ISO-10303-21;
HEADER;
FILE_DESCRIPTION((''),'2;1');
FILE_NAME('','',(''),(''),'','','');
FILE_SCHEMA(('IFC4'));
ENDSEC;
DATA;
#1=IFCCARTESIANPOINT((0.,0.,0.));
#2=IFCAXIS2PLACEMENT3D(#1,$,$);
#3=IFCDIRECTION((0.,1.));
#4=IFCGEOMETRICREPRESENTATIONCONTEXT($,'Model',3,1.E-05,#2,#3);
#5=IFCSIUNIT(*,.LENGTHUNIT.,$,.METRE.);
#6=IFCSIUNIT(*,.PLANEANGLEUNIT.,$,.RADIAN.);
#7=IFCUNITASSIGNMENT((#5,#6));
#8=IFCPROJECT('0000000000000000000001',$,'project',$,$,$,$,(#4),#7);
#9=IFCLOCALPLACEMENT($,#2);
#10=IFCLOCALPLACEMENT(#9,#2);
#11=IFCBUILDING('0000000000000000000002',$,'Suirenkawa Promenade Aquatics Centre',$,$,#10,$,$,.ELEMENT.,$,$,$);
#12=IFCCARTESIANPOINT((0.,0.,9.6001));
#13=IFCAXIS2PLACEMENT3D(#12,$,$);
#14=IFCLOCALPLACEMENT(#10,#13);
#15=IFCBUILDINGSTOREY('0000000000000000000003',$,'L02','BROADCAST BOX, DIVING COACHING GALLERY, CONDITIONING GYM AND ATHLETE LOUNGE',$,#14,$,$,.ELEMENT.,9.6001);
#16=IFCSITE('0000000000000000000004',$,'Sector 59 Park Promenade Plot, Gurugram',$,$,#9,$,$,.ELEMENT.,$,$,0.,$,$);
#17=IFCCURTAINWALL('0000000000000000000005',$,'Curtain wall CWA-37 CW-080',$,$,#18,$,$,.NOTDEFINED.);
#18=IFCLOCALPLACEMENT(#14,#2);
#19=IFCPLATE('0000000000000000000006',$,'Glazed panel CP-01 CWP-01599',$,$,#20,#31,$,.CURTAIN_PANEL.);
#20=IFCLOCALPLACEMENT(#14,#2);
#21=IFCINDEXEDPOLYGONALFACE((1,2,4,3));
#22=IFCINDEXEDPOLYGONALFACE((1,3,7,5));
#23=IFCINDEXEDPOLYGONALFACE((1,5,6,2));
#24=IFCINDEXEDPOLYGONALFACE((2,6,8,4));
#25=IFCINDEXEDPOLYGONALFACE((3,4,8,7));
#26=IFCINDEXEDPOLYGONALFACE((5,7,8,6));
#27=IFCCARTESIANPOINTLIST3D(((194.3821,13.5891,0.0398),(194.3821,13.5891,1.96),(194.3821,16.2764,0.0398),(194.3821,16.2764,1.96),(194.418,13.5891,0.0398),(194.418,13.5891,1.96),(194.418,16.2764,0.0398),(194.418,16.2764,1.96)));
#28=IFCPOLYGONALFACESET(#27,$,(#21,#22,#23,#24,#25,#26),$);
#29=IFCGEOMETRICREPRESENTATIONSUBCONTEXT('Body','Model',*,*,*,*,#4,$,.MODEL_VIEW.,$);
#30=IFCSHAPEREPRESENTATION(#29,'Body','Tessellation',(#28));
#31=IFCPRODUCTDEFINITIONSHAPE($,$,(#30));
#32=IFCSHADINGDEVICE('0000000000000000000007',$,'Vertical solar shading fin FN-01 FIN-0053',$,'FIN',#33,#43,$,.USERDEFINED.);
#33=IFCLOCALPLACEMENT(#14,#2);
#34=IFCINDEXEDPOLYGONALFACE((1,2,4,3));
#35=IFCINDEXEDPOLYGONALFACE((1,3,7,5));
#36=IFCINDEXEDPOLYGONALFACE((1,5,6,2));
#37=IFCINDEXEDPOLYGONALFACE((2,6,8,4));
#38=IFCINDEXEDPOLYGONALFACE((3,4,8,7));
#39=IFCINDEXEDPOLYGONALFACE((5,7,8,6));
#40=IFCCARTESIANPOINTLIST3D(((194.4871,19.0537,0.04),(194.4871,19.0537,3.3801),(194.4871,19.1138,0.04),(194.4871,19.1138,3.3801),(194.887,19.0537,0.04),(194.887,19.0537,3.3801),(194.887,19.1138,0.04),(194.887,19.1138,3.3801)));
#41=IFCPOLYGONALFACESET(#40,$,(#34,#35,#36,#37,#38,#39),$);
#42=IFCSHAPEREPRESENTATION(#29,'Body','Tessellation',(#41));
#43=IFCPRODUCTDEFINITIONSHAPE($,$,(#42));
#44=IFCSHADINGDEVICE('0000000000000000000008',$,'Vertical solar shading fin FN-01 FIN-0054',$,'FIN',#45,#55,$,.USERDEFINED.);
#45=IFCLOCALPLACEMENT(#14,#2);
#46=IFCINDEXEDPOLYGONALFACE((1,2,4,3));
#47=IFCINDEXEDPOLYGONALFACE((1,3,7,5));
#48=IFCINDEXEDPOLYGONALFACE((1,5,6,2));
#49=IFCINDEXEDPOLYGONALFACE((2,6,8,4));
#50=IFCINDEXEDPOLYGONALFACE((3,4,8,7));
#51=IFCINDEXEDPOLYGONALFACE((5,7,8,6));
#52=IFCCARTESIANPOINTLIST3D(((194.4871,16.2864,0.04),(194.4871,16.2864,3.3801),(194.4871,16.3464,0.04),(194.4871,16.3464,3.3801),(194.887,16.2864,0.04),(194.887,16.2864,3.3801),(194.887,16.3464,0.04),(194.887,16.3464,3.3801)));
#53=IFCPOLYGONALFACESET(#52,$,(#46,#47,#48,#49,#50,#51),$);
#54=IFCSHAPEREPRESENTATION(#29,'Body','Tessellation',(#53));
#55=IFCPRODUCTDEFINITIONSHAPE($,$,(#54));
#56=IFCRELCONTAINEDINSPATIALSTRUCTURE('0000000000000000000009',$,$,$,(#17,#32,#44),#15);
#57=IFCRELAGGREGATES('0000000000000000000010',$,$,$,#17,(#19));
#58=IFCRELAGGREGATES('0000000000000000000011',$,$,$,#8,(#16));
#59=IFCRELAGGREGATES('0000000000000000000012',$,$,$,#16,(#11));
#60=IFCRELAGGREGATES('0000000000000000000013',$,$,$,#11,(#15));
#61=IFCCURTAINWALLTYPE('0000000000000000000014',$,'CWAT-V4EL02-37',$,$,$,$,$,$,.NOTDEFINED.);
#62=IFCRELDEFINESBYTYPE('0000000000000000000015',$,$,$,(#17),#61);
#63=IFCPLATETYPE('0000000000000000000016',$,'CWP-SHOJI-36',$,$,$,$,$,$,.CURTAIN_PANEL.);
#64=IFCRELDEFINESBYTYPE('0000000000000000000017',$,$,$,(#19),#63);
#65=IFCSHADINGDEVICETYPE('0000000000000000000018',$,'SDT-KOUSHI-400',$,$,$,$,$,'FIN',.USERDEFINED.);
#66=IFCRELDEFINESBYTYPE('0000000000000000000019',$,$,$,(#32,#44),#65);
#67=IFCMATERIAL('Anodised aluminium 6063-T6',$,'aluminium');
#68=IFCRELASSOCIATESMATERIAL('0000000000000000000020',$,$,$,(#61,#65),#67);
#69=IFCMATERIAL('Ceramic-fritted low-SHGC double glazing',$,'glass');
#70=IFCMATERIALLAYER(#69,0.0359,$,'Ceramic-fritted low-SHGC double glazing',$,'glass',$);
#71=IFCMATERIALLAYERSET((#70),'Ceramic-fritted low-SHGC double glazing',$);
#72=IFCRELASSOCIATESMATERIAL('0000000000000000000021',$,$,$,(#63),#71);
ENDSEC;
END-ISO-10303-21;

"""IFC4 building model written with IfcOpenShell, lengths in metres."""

from ifc_helpers import new_model, si_unit, direction, frame, origin, origin_2d, place, context, subcontext, project, spatial, polyline, rectangle, outline, extrude, material, layer, layer_set, type_object, element, aggregate, save


model = new_model("IFC4")

# Units and contexts
model_context = context("Model", 3, precision=1e-05, world=origin(), true_north=direction((0.0, 1.0)))
body_context = subcontext(model_context, "Body", "Model", "MODEL_VIEW")
ifc_project = project(units=[si_unit("LENGTHUNIT", "METRE"), si_unit("PLANEANGLEUNIT", "RADIAN")], contexts=[model_context])

# Site, building, storey
site_placement = place(None, origin())
site = spatial("IfcSite", under=ifc_project, at=site_placement, Name="Sector 59 Park Promenade Plot, Gurugram", CompositionType="ELEMENT", RefElevation=0.0)
building_placement = place(site_placement, origin())
building = spatial("IfcBuilding", under=site, at=building_placement, Name="Suirenkawa Promenade Aquatics Centre", CompositionType="ELEMENT")
storey_placement = place(building_placement, frame((0.0, 0.0, 9.6001)))
storey = spatial("IfcBuildingStorey", under=building, at=storey_placement, Name="L02", Description="BROADCAST BOX, DIVING COACHING GALLERY, CONDITIONING GYM AND ATHLETE LOUNGE", CompositionType="ELEMENT", Elevation=9.6001)

# Curtain wall, plate
ifc_material_1 = material(Name="Anodised aluminium 6063-T6", Category="aluminium")
curtain_wall_type = type_object("IfcCurtainWallType", Name="CWAT-V4EL02-37", PredefinedType="NOTDEFINED", material=ifc_material_1)
curtain_wall_placement = place(storey_placement, origin())
curtain_wall = element("IfcCurtainWall", 1, at=curtain_wall_placement, inside=storey, type_object=curtain_wall_type, Name="Curtain wall CWA-37 CW-080", PredefinedType="NOTDEFINED")
ifc_material_2 = material(Name="Ceramic-fritted low-SHGC double glazing", Category="glass")
ifc_layer = layer(ifc_material_2, 0.0359, Name="Ceramic-fritted low-SHGC double glazing", Category="glass")
ifc_layer_set = layer_set([ifc_layer], Name="Ceramic-fritted low-SHGC double glazing")
plate_type = type_object("IfcPlateType", Name="CWP-SHOJI-36", PredefinedType="CURTAIN_PANEL", material=ifc_layer_set)
plate_1_placement = place(storey_placement, frame((194.3999, 16.3164, 0.0398), z_axis=(0.0, 0.0, 1.0), x_axis=(0.0, -1.0, 0.0)))
plate_1 = element("IfcPlate", 2, at=plate_1_placement, type_object=plate_type, Name="Glazed panel CP-01 CWP-01599", PredefinedType="CURTAIN_PANEL", context=body_context, shape_type="SweptSolid", body=[
    extrude(outline(polyline([(0.04, 0.0), (2.7273, 0.0), (2.7273, 1.9202), (0.04, 1.9202), (0.04, 0.0)])), frame((0.0, 0.0181, 0.0), z_axis=(0.0, -1.0, 0.0), x_axis=(1.0, 0.0, 0.0)), (0.0, 0.0, 1.0), 0.0359),
])
aggregate(curtain_wall, [plate_1])

# Shading devices
shading_device_type = type_object("IfcShadingDeviceType", Name="SDT-KOUSHI-400", ElementType="FIN", PredefinedType="USERDEFINED", material=ifc_material_1)
for number, where, z_axis, x_axis, name in (
    (3, (194.687, 19.0837, 0.04), (0.0, 0.0, 1.0), (1.0, 0.0, 0.0), "Vertical solar shading fin FN-01 FIN-0053"),
    (4, (194.687, 16.3164, 0.04), (0.0, 0.0, 1.0), (1.0, 0.0, 0.0), "Vertical solar shading fin FN-01 FIN-0054"),
):
    element("IfcShadingDevice", number, at=place(storey_placement, frame(where, z_axis=z_axis, x_axis=x_axis)), inside=storey, type_object=shading_device_type, Name=name, ObjectType="FIN", PredefinedType="USERDEFINED", context=body_context, shape_type="SweptSolid", body=[
        extrude(rectangle(XDim=0.3999, YDim=0.0601, at=origin_2d()), origin(), (0.0, 0.0, 1.0), 3.3401),
    ])

save(model, "model.ifc")
